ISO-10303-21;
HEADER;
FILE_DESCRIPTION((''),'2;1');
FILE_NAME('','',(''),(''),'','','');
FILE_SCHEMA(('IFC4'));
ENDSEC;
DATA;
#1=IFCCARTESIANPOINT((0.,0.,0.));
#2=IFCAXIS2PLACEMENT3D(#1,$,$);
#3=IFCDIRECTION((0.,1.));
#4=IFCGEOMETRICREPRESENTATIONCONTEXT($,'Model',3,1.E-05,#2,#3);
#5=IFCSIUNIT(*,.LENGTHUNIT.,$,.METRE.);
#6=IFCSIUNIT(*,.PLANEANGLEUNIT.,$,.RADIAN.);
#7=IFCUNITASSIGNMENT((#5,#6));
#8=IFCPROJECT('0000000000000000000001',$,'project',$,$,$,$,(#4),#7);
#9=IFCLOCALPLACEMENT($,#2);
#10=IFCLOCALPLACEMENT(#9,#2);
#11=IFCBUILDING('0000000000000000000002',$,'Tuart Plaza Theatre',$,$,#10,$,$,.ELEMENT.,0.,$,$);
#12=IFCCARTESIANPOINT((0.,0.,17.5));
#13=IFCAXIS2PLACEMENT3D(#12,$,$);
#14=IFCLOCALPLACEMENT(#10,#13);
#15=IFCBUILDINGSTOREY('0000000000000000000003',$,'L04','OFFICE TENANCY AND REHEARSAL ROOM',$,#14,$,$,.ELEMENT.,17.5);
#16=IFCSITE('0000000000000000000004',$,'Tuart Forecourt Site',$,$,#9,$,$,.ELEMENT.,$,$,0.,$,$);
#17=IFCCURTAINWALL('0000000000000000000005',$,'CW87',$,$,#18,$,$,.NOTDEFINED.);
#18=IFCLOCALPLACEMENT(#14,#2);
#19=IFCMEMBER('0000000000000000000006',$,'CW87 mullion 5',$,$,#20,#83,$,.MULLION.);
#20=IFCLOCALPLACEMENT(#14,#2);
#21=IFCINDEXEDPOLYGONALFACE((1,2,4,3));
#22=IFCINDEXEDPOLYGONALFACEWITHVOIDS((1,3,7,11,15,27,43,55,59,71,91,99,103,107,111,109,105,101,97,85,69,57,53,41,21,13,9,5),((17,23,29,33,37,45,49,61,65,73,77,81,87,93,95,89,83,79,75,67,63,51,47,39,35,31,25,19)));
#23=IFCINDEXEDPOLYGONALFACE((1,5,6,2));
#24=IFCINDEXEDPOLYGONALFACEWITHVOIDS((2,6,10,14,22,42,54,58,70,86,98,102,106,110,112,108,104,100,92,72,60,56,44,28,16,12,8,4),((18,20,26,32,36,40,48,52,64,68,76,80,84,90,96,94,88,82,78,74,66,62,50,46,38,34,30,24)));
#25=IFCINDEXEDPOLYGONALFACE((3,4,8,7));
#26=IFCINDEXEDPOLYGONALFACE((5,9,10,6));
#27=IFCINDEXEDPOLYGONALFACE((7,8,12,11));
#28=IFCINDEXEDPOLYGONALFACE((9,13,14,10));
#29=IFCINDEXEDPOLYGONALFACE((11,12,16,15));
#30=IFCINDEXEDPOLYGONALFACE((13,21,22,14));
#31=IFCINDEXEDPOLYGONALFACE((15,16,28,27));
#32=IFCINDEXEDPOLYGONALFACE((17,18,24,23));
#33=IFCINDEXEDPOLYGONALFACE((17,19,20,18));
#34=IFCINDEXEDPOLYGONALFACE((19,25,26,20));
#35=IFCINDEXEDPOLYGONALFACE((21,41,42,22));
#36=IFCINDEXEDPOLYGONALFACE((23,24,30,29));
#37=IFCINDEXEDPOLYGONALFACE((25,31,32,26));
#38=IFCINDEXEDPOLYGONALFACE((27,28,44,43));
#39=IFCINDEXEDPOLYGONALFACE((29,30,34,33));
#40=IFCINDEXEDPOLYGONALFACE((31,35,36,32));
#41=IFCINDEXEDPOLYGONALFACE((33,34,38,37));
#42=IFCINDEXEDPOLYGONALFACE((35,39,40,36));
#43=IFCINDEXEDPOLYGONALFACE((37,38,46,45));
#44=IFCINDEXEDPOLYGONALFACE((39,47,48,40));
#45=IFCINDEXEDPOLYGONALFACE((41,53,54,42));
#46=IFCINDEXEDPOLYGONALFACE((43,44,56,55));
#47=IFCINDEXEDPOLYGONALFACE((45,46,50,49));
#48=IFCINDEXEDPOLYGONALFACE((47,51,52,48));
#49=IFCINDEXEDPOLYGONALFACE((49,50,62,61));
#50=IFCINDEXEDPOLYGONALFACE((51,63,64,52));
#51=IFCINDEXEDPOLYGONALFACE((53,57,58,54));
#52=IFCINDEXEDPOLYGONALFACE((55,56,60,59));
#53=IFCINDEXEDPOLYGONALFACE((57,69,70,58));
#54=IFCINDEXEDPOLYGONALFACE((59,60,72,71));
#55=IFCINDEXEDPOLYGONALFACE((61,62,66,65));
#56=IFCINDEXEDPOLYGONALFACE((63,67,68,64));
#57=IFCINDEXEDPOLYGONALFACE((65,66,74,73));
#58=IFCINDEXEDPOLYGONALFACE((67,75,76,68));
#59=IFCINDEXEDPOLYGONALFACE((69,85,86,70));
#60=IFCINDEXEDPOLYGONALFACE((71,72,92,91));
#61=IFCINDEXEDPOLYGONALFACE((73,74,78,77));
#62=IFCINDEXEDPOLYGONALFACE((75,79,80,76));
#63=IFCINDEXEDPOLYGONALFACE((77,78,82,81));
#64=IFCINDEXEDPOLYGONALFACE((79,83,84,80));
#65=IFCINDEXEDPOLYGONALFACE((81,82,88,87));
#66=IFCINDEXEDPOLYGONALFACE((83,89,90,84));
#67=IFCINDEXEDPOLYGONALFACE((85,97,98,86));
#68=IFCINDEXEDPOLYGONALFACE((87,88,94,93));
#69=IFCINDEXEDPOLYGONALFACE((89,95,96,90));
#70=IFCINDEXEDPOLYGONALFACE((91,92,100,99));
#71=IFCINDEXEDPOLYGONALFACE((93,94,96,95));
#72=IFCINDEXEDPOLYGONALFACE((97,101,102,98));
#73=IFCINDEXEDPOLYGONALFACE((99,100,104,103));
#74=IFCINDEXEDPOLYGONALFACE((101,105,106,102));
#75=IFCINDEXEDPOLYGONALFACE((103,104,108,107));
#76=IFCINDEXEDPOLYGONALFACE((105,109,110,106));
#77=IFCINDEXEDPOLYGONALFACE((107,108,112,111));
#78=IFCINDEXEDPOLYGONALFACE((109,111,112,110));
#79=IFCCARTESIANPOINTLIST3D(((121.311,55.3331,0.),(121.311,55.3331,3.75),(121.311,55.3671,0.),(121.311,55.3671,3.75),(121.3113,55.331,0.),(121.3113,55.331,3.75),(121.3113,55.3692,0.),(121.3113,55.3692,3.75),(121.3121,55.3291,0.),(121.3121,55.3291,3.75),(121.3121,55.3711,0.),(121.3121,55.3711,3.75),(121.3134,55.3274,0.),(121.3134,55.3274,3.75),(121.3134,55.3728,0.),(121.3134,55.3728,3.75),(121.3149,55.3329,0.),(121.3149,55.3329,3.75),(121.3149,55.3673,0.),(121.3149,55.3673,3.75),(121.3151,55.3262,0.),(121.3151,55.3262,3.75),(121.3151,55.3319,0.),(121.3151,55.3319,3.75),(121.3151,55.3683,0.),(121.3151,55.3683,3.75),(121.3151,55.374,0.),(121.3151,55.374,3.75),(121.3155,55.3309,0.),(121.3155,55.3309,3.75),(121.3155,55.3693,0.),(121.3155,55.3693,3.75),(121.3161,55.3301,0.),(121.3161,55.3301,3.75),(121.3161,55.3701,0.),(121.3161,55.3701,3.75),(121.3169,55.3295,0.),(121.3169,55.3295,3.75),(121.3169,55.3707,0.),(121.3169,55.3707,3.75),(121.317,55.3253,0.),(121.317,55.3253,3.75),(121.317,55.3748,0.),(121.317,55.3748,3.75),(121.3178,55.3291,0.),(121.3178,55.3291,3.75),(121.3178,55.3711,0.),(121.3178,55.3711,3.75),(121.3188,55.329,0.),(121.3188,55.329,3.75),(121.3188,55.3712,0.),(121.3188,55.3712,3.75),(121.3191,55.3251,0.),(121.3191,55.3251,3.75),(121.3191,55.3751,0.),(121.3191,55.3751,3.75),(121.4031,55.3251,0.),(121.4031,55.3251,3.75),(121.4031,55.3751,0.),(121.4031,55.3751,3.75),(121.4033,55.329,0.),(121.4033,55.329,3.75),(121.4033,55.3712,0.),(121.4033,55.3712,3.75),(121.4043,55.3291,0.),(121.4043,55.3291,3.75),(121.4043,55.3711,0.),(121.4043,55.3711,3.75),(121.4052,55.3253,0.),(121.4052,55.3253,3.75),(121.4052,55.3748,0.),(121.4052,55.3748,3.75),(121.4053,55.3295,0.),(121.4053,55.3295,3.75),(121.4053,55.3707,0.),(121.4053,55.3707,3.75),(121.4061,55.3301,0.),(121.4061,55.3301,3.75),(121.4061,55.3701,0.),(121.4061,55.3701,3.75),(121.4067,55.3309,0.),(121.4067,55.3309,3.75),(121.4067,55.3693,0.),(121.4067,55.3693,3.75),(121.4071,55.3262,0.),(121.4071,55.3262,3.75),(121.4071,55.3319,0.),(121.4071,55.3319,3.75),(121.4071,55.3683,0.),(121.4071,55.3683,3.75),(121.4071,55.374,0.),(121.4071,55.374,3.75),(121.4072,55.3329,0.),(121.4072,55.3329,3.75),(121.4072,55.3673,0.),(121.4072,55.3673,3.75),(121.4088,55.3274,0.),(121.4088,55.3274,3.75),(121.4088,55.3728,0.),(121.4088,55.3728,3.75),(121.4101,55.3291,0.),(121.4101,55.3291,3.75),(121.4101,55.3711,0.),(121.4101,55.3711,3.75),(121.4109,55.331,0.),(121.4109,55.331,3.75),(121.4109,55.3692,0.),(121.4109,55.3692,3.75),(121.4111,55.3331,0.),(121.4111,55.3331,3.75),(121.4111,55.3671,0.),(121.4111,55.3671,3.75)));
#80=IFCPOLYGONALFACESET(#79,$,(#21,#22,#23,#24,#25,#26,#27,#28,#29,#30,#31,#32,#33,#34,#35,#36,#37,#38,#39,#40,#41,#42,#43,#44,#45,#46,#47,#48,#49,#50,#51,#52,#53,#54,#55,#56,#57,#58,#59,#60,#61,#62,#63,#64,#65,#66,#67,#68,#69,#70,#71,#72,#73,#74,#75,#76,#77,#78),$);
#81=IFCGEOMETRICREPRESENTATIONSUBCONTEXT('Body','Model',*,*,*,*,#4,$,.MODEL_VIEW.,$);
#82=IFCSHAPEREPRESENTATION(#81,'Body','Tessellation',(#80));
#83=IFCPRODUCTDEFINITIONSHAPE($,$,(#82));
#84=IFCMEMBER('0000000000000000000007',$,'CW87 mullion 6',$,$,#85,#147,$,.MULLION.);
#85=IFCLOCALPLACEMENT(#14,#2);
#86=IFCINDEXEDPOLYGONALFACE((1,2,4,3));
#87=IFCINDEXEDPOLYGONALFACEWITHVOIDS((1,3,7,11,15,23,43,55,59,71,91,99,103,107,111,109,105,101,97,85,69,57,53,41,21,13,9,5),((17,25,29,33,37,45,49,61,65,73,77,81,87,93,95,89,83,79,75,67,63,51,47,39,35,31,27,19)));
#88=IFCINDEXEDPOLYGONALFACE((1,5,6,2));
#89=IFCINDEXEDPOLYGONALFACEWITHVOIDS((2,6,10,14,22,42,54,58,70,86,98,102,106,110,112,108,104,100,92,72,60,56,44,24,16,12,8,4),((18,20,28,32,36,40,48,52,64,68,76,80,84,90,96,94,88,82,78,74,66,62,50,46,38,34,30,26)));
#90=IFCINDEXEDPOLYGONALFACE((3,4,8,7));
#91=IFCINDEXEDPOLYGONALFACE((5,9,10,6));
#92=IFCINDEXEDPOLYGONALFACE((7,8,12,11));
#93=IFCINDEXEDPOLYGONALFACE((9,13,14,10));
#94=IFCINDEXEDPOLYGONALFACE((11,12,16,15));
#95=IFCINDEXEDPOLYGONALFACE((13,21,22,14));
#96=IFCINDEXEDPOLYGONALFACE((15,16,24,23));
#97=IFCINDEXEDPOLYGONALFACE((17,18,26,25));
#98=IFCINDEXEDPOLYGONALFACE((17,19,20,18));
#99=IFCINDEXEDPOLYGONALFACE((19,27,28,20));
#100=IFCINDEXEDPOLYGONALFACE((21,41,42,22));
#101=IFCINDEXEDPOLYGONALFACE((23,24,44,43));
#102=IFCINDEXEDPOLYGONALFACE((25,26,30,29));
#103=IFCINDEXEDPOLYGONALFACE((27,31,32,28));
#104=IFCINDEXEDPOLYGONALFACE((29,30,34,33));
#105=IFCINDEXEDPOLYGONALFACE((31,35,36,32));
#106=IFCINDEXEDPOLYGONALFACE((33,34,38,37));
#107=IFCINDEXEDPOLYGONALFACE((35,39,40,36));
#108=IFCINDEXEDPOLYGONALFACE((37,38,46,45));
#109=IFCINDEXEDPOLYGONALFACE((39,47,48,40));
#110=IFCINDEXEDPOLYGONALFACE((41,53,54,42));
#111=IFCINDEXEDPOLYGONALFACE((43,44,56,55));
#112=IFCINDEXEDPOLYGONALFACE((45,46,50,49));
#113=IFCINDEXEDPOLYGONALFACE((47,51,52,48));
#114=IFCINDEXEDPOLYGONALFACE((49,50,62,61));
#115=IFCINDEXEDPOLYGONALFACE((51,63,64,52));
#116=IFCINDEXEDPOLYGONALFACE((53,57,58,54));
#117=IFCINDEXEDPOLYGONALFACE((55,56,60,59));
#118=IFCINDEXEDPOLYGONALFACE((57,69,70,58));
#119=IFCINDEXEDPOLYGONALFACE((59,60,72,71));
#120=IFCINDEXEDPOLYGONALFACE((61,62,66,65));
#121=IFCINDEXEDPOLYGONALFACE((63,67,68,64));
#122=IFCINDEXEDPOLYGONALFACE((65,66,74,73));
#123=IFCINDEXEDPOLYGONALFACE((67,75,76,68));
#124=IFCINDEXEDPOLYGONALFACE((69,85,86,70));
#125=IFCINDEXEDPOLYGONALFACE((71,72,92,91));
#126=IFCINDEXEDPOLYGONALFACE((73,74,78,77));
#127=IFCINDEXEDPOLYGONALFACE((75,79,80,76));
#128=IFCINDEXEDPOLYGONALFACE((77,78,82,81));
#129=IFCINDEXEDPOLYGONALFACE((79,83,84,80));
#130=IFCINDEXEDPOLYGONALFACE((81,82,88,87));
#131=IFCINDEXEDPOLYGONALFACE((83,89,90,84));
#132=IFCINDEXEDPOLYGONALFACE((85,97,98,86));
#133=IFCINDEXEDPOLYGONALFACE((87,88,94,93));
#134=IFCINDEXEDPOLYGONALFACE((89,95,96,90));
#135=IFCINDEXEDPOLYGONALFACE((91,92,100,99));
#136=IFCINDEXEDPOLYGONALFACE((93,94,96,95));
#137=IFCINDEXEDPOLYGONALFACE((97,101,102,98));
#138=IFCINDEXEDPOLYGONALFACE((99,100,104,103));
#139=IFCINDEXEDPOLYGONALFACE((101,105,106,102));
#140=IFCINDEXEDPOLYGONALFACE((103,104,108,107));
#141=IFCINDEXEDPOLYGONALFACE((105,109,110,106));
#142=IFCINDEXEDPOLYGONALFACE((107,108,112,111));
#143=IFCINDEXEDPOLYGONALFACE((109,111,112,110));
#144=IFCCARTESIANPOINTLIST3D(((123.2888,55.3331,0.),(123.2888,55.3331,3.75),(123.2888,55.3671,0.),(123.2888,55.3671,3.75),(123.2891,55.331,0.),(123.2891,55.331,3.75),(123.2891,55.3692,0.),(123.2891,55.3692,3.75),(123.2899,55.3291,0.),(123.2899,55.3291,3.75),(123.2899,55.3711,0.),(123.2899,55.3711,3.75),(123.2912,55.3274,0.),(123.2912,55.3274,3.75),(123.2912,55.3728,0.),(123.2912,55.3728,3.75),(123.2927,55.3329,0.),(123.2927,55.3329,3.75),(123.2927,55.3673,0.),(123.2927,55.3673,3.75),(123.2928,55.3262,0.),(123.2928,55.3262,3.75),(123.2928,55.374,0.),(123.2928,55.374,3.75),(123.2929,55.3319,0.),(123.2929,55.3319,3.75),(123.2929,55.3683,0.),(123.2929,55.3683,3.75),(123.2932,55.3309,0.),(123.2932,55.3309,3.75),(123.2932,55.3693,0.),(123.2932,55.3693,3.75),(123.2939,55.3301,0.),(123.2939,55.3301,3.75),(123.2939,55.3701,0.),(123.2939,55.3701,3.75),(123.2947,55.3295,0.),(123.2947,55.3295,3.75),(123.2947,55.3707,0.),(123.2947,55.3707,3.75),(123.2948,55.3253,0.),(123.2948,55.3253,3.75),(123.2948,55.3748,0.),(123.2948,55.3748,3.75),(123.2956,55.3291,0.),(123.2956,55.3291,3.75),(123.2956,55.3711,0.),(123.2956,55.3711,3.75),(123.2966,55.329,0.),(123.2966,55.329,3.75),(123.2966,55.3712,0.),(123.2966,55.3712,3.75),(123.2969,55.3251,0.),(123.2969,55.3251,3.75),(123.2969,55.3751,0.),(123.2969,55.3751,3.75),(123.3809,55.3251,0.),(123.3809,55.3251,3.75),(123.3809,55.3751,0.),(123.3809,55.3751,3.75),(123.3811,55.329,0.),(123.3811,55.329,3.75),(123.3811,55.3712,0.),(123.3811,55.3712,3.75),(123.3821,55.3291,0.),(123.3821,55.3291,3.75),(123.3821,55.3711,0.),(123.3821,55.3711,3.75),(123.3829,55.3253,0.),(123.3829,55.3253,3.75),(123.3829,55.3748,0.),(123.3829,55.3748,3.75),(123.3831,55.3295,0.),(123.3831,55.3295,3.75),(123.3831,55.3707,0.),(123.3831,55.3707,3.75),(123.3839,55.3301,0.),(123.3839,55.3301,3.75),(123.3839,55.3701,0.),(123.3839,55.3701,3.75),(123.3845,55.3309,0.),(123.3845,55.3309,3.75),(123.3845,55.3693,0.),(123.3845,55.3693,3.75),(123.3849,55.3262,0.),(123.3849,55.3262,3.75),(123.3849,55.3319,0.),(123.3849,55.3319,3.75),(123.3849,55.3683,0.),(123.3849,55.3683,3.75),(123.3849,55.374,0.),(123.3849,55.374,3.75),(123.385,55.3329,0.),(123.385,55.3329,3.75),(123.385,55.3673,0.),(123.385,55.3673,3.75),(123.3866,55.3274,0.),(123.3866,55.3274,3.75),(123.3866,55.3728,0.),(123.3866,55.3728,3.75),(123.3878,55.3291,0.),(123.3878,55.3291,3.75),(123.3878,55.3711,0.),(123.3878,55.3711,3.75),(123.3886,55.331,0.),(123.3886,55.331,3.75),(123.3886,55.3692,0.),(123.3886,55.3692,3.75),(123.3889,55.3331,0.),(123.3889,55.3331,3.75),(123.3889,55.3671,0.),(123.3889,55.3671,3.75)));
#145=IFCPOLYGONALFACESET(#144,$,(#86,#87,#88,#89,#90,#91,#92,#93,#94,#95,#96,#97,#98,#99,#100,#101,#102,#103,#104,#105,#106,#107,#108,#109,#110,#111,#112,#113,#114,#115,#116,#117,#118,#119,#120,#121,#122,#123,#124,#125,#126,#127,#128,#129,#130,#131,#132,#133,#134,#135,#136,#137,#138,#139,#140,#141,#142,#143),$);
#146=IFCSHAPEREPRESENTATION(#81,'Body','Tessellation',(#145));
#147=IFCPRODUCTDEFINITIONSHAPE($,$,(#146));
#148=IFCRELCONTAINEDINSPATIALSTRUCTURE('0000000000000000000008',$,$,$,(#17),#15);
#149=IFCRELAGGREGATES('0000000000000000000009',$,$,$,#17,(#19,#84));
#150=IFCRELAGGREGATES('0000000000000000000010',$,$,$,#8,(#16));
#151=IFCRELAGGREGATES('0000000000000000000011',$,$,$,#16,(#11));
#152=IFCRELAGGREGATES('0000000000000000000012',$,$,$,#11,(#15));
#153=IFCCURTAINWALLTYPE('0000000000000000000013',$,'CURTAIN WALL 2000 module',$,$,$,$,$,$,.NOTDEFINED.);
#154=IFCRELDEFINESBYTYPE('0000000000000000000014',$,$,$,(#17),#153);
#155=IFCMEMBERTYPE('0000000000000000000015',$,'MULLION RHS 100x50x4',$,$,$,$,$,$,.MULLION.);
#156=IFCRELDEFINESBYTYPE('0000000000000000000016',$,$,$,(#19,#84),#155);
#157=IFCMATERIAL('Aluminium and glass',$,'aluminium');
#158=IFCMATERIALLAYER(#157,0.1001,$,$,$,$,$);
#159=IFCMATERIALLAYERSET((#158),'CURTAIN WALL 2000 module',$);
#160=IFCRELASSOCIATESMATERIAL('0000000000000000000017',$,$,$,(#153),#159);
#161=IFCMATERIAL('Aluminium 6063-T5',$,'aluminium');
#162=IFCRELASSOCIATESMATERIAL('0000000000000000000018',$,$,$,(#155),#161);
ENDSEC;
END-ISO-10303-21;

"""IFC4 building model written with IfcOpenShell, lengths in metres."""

from ifc_helpers import new_model, si_unit, direction, frame, origin, origin_2d, place, context, subcontext, project, spatial, hollow_rectangle, extrude, material, layer, layer_set, material_profile, profile_set, type_object, element, aggregate, save


model = new_model("IFC4")

# Units and contexts
model_context = context("Model", 3, precision=1e-05, world=origin(), true_north=direction((0.0, 1.0)))
body_context = subcontext(model_context, "Body", "Model", "MODEL_VIEW")
ifc_project = project(units=[si_unit("LENGTHUNIT", "METRE"), si_unit("PLANEANGLEUNIT", "RADIAN")], contexts=[model_context])

# Site, building, storey
site_placement = place(None, origin())
site = spatial("IfcSite", under=ifc_project, at=site_placement, Name="Tuart Forecourt Site", CompositionType="ELEMENT", RefElevation=0.0)
building_placement = place(site_placement, origin())
building = spatial("IfcBuilding", under=site, at=building_placement, Name="Tuart Plaza Theatre", CompositionType="ELEMENT", ElevationOfRefHeight=0.0)
storey_placement = place(building_placement, frame((0.0, 0.0, 17.5)))
storey = spatial("IfcBuildingStorey", under=building, at=storey_placement, Name="L04", Description="OFFICE TENANCY AND REHEARSAL ROOM", CompositionType="ELEMENT", Elevation=17.5)

# Curtain wall, members
ifc_material_1 = material(Name="Aluminium and glass", Category="aluminium")
ifc_layer_1 = layer(ifc_material_1, 0.1001)
ifc_layer_set_1 = layer_set([ifc_layer_1], Name="CURTAIN WALL 2000 module")
curtain_wall_type = type_object("IfcCurtainWallType", Name="CURTAIN WALL 2000 module", PredefinedType="NOTDEFINED", material=ifc_layer_set_1)
curtain_wall_placement = place(storey_placement, origin())
curtain_wall = element("IfcCurtainWall", 1, at=curtain_wall_placement, inside=storey, type_object=curtain_wall_type, Name="CW87", PredefinedType="NOTDEFINED")
ifc_material_2 = material(Name="Aluminium 6063-T5", Category="aluminium")
ifc_material_profile_1 = material_profile(ifc_material_2, hollow_rectangle(XDim=0.05, YDim=0.1001, WallThickness=0.0039, InnerFilletRadius=0.0039, OuterFilletRadius=0.0081, at=origin_2d()), Name="RHS 100x50x4")
ifc_profile_set_1 = profile_set([ifc_material_profile_1], Name="Aluminium 6063-T5")
member_type_1 = type_object("IfcMemberType", Name="MULLION RHS 100x50x4", PredefinedType="MULLION", material=ifc_profile_set_1)
member_1_placement = place(storey_placement, frame((121.3611, 55.3501, 0.0), z_axis=(0.0, 0.0, 1.0), x_axis=(0.0, 1.0, 0.0)))
member_1 = element("IfcMember", 2, at=member_1_placement, type_object=member_type_1, Name="CW87 mullion 5", PredefinedType="MULLION", context=body_context, shape_type="SweptSolid", body=[
    extrude(hollow_rectangle(XDim=0.05, YDim=0.1001, WallThickness=0.0039, InnerFilletRadius=0.0039, OuterFilletRadius=0.0081, at=origin_2d()), origin(), (0.0, 0.0, 1.0), 3.75),
])
member_2_placement = place(storey_placement, frame((123.3389, 55.3501, 0.0), z_axis=(0.0, 0.0, 1.0), x_axis=(0.0, 1.0, 0.0)))
member_2 = element("IfcMember", 3, at=member_2_placement, type_object=member_type_1, Name="CW87 mullion 6", PredefinedType="MULLION", context=body_context, shape_type="SweptSolid", body=[
    extrude(hollow_rectangle(XDim=0.05, YDim=0.1001, WallThickness=0.0039, InnerFilletRadius=0.0039, OuterFilletRadius=0.0081, at=origin_2d()), origin(), (0.0, 0.0, 1.0), 3.75),
])
aggregate(curtain_wall, [member_1, member_2])

save(model, "model.ifc")
